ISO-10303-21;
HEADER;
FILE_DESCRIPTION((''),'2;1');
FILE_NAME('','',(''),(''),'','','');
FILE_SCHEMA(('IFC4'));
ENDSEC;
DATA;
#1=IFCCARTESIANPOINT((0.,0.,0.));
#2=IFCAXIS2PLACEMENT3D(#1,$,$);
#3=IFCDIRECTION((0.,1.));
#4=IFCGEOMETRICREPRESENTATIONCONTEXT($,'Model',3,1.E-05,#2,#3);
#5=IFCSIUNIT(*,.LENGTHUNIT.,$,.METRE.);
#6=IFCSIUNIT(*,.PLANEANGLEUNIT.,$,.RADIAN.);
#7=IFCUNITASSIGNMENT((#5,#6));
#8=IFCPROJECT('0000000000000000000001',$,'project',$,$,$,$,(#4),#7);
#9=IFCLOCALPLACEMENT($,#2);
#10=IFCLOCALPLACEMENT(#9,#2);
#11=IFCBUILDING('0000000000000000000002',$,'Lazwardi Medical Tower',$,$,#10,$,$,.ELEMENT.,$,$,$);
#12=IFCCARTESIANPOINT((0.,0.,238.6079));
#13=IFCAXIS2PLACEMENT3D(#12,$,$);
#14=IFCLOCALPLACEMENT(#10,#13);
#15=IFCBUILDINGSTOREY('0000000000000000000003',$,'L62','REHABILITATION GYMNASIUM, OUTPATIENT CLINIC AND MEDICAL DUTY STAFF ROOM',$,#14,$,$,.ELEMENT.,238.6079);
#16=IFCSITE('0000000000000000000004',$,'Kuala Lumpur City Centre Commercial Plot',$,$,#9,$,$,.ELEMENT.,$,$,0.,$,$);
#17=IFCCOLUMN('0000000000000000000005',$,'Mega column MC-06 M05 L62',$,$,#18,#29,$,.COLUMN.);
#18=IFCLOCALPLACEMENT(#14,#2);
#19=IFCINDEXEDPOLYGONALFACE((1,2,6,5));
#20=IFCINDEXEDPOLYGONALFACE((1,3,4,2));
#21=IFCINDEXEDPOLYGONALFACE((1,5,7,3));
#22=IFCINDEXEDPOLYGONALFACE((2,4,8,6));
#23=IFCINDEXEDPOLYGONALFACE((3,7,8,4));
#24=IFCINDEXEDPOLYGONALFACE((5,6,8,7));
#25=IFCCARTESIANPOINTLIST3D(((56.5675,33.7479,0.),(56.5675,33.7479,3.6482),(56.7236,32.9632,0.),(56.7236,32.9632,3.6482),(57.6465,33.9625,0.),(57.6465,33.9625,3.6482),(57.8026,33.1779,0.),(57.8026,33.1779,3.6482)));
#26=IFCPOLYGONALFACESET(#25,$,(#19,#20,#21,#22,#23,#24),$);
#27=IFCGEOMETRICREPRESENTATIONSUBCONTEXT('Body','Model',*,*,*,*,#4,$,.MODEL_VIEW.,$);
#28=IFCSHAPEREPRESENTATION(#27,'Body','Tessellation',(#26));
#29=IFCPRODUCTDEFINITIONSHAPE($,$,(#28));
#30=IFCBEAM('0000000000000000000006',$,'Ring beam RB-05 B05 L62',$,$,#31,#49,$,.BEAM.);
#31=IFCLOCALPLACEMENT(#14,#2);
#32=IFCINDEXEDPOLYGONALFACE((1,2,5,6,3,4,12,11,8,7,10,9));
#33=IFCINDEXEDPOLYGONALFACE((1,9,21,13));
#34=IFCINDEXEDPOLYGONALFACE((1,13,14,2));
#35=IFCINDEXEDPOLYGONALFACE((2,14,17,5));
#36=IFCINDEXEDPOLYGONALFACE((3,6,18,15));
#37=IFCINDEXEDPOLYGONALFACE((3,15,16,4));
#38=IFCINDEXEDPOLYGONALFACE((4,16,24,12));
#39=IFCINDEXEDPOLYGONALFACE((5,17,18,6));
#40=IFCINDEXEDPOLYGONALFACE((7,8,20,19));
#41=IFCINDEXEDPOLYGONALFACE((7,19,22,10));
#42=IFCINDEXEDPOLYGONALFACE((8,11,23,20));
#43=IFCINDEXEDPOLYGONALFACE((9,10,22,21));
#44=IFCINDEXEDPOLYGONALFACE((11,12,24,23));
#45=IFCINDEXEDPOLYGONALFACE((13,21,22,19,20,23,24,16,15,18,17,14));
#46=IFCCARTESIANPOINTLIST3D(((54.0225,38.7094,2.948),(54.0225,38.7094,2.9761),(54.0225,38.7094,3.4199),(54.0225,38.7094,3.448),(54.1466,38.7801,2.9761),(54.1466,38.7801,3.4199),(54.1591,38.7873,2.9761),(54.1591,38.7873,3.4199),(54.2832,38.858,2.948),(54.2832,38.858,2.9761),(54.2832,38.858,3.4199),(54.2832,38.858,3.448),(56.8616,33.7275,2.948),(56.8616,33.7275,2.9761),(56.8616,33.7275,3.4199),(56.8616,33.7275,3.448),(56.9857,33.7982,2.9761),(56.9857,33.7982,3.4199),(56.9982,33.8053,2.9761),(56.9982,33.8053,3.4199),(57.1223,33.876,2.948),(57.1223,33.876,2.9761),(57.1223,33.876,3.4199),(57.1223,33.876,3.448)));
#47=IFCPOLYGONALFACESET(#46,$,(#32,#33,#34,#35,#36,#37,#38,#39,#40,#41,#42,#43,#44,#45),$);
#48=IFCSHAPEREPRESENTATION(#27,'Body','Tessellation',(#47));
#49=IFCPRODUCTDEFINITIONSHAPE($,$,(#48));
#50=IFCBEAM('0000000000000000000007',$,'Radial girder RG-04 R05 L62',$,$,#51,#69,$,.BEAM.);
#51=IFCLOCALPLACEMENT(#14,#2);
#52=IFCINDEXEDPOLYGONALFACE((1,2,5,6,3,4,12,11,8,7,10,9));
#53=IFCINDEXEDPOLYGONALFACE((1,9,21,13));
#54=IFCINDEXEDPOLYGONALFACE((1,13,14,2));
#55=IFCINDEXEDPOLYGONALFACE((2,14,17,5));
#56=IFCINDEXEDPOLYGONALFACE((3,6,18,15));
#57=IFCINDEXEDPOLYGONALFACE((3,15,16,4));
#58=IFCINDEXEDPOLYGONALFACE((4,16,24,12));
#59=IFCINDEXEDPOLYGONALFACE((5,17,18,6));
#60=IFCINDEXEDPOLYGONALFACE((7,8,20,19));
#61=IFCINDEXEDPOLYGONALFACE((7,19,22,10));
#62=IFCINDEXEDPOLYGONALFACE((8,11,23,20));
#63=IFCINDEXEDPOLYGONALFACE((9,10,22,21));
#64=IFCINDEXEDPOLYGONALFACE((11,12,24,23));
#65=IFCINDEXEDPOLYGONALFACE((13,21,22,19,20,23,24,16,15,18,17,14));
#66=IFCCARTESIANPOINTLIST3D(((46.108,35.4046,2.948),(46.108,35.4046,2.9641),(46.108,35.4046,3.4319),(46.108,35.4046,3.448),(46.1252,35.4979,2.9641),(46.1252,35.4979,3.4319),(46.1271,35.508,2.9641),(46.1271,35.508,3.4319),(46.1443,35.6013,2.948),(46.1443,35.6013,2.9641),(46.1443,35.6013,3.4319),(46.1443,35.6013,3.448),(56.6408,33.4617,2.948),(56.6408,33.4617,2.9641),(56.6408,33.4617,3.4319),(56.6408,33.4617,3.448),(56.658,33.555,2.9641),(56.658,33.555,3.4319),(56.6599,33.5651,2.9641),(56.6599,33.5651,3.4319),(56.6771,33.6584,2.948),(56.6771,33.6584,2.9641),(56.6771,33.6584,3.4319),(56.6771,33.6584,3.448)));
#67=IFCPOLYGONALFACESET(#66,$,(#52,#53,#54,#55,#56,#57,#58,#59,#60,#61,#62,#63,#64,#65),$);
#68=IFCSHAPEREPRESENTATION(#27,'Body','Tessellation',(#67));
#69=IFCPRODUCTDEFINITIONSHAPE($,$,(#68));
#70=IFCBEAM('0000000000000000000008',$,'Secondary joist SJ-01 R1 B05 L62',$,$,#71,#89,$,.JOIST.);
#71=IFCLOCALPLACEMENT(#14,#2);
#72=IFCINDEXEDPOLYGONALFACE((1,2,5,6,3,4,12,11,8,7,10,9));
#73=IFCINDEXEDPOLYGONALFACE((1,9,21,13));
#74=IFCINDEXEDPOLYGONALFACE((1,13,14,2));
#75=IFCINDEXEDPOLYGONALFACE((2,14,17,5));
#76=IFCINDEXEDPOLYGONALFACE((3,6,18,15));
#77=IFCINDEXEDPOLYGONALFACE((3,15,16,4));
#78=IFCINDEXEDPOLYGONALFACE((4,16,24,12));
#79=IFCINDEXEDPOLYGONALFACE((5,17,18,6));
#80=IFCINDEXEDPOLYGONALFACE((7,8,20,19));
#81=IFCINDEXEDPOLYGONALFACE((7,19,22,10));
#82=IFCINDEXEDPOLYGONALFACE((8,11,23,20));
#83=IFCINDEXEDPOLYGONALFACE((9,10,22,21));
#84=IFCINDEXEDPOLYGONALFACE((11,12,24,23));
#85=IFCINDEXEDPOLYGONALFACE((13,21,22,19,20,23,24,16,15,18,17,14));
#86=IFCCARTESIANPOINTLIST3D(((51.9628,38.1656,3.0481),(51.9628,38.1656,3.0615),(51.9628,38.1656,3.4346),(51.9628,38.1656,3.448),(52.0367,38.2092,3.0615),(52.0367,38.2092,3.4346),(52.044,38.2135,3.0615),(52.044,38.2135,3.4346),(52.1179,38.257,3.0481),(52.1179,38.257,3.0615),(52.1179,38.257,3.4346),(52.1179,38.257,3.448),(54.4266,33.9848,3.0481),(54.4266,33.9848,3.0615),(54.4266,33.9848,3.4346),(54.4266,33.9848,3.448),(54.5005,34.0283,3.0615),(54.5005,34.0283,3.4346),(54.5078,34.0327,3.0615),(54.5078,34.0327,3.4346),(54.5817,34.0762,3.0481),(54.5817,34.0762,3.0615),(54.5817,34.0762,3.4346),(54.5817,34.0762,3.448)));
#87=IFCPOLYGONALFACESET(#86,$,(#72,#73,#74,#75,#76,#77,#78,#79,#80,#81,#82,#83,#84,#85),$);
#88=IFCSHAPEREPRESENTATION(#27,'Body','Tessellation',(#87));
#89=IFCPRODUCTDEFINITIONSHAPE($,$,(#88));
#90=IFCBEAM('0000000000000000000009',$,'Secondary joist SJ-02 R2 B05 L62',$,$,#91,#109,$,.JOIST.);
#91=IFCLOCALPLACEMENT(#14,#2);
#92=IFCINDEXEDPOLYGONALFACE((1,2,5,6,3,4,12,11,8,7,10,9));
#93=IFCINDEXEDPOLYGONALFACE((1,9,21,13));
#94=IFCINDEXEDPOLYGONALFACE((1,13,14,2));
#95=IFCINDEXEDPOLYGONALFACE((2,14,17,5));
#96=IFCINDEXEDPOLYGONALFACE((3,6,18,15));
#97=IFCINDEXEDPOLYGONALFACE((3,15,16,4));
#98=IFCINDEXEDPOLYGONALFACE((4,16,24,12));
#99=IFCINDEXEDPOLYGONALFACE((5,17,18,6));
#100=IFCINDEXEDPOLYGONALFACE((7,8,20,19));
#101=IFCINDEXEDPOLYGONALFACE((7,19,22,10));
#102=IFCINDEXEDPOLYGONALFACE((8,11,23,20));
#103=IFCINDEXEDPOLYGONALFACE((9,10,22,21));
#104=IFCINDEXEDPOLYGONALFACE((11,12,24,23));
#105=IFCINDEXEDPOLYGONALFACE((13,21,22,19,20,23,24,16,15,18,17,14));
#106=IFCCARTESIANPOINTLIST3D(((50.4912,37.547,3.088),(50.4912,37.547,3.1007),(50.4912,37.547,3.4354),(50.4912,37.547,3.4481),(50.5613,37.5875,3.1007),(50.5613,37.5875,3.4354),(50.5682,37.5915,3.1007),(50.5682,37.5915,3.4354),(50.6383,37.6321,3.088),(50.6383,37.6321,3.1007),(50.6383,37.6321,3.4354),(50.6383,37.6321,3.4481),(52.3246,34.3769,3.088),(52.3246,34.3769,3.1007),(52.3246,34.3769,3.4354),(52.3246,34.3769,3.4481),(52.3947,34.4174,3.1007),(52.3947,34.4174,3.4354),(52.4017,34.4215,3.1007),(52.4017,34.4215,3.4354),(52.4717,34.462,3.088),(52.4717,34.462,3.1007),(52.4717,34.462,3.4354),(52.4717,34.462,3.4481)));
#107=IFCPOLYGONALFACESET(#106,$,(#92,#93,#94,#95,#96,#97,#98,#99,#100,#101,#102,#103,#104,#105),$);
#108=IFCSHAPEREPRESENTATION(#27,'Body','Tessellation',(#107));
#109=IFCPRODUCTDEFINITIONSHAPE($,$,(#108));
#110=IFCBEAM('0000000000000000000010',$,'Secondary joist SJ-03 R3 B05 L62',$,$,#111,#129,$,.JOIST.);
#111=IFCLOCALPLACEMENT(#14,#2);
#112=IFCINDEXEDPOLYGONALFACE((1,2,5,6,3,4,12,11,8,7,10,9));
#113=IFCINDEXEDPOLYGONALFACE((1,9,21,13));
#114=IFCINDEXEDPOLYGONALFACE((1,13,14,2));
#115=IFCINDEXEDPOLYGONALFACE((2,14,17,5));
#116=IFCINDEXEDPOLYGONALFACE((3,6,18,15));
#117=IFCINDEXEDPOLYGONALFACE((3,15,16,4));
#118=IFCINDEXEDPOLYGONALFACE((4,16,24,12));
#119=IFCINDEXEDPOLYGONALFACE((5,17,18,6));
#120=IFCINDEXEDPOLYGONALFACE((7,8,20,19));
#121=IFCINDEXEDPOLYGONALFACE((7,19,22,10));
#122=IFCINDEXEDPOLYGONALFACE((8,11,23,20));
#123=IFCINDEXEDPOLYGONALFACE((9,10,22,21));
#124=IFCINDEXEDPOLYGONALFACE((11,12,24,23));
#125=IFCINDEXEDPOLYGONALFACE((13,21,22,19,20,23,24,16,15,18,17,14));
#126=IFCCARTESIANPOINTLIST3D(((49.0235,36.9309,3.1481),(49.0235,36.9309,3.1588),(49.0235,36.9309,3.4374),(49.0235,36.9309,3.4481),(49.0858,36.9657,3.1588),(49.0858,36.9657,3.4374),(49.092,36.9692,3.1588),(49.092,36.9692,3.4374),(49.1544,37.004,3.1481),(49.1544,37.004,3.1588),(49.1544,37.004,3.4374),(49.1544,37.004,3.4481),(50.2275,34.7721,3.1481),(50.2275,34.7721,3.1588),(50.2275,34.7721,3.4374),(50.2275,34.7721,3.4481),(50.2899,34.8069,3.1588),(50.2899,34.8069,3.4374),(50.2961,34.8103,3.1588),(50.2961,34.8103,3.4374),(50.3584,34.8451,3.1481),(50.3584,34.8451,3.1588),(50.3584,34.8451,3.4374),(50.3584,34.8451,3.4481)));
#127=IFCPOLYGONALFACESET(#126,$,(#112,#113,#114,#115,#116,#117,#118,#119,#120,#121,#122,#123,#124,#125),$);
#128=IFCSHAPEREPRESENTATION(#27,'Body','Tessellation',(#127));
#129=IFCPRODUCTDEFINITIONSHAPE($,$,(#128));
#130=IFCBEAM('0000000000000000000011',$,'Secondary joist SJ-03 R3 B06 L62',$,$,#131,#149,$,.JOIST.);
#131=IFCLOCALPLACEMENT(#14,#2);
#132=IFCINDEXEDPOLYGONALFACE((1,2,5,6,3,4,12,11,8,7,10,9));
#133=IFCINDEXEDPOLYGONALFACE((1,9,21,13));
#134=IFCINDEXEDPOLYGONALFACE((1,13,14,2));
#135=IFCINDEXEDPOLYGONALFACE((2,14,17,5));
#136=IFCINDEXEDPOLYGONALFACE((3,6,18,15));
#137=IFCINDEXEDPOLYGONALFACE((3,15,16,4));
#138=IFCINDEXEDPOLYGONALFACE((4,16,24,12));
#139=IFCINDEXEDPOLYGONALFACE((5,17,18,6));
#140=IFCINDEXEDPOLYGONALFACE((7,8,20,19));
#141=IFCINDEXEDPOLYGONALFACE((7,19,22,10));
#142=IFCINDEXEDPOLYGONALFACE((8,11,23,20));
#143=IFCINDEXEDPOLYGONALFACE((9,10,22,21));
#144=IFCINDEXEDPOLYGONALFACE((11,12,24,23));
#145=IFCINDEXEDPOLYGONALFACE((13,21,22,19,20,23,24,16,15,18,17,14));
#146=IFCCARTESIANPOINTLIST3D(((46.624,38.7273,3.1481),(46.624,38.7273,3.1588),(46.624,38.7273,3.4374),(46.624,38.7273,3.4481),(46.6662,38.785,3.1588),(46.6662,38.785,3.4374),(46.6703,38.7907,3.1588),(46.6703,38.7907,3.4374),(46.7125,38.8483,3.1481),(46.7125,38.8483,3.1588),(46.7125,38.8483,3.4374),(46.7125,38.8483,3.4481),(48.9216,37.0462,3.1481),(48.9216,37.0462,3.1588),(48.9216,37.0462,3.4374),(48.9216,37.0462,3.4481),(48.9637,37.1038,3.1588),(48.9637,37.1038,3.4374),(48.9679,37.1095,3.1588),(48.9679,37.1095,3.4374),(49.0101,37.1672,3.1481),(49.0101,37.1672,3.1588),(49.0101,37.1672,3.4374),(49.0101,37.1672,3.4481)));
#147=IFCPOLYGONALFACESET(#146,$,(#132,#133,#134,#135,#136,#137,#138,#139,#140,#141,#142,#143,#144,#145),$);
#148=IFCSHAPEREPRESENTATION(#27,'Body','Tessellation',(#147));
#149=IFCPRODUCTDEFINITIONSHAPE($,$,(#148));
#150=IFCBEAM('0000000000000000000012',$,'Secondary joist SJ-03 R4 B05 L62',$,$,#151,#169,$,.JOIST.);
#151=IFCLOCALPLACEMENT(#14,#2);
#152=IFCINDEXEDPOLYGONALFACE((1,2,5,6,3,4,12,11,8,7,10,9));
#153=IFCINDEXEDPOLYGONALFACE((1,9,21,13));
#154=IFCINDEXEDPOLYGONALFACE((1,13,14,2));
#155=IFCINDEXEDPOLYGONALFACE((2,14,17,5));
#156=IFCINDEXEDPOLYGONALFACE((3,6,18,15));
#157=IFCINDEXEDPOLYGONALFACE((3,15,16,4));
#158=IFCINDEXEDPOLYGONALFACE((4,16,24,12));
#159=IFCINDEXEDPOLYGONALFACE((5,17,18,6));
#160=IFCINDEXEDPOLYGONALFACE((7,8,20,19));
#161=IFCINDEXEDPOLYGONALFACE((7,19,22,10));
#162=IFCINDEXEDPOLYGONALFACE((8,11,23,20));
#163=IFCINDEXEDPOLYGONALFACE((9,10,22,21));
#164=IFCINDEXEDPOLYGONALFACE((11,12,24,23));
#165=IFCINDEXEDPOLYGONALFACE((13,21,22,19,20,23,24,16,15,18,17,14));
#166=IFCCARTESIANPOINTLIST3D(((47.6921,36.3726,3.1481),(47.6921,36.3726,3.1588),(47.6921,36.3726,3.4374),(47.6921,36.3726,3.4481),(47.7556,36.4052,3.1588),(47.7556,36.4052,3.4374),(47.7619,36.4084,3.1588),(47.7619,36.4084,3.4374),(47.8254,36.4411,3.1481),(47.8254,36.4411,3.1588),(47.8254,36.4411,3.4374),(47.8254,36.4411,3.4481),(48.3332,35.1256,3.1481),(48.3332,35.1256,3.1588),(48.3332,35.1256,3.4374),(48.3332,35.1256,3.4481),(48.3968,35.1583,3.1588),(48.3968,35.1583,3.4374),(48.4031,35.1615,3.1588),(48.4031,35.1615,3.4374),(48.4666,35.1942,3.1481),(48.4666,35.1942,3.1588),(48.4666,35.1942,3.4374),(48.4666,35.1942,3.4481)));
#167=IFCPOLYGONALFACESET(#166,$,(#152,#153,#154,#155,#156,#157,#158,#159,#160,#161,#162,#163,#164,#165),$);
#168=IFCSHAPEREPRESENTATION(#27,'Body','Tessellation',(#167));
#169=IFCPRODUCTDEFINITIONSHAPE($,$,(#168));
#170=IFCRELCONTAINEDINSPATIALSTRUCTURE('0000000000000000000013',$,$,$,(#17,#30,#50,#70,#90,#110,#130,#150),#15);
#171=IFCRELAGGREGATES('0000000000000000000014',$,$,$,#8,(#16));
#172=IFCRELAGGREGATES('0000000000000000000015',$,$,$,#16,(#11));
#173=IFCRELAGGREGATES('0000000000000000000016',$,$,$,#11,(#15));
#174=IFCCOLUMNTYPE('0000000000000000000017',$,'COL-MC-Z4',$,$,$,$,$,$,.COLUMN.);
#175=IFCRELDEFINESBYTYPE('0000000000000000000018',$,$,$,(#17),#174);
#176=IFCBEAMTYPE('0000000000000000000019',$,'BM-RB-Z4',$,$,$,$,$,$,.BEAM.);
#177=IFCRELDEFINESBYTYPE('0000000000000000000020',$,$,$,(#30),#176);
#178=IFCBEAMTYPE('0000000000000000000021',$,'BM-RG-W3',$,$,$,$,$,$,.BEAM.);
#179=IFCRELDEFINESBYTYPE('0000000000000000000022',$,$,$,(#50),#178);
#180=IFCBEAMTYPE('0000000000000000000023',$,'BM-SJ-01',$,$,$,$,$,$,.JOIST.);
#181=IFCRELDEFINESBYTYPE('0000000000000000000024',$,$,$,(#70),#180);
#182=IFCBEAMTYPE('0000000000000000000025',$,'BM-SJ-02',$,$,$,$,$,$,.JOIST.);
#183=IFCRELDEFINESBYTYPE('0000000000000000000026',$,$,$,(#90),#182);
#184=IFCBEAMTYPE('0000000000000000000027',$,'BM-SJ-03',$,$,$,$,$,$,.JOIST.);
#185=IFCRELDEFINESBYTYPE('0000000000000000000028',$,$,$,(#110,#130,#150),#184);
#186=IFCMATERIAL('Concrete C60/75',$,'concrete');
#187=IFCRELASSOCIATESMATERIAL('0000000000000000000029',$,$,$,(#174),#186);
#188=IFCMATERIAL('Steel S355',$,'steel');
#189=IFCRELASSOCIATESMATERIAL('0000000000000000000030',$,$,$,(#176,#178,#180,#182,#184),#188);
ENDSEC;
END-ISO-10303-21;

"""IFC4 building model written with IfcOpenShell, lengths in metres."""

from ifc_helpers import new_model, si_unit, direction, frame, origin, origin_2d, place, context, subcontext, project, spatial, rectangle, i_section, extrude, material, material_profile, profile_set, type_object, element, save


model = new_model("IFC4")

# Units and contexts
model_context = context("Model", 3, precision=1e-05, world=origin(), true_north=direction((0.0, 1.0)))
body_context = subcontext(model_context, "Body", "Model", "MODEL_VIEW")
ifc_project = project(units=[si_unit("LENGTHUNIT", "METRE"), si_unit("PLANEANGLEUNIT", "RADIAN")], contexts=[model_context])

# Site, building, storey
site_placement = place(None, origin())
site = spatial("IfcSite", under=ifc_project, at=site_placement, Name="Kuala Lumpur City Centre Commercial Plot", CompositionType="ELEMENT", RefElevation=0.0)
building_placement = place(site_placement, origin())
building = spatial("IfcBuilding", under=site, at=building_placement, Name="Lazwardi Medical Tower", CompositionType="ELEMENT")
storey_placement = place(building_placement, frame((0.0, 0.0, 238.6079)))
storey = spatial("IfcBuildingStorey", under=building, at=storey_placement, Name="L62", Description="REHABILITATION GYMNASIUM, OUTPATIENT CLINIC AND MEDICAL DUTY STAFF ROOM", CompositionType="ELEMENT", Elevation=238.6079)

# Column
ifc_material_1 = material(Name="Concrete C60/75", Category="concrete")
ifc_material_profile_1 = material_profile(ifc_material_1, rectangle(XDim=1.1001, YDim=0.8, at=origin_2d()), Name="CFT-RECT 1100x800")
ifc_profile_set_1 = profile_set([ifc_material_profile_1], Name="Concrete C60/75")
column_type = type_object("IfcColumnType", Name="COL-MC-Z4", PredefinedType="COLUMN", material=ifc_profile_set_1)
column_placement = place(storey_placement, frame((57.1851, 33.4629, 0.0), z_axis=(0.0, 0.0, 1.0), x_axis=(0.980785, 0.19509, 0.0)))
element("IfcColumn", 1, at=column_placement, inside=storey, type_object=column_type, Name="Mega column MC-06 M05 L62", PredefinedType="COLUMN", context=body_context, shape_type="SweptSolid", body=[
    extrude(rectangle(XDim=1.1001, YDim=0.8, at=origin_2d()), origin(), (0.0, 0.0, 1.0), 3.6482),
])

# Beams
ifc_material_2 = material(Name="Steel S355", Category="steel")
ifc_material_profile_2 = material_profile(ifc_material_2, i_section(OverallWidth=0.3, OverallDepth=0.5, WebThickness=0.0144, FlangeThickness=0.0281, at=origin_2d()), Name="HEB 500")
ifc_profile_set_2 = profile_set([ifc_material_profile_2], Name="Steel S355")
beam_type_1 = type_object("IfcBeamType", Name="BM-RB-Z4", PredefinedType="BEAM", material=ifc_profile_set_2)
beam_1_placement = place(storey_placement, frame((56.9919, 33.8018, 3.198), z_axis=(-0.495125, 0.868822, 0.0), x_axis=(-0.868822, -0.495125, 0.0)))
element("IfcBeam", 2, at=beam_1_placement, inside=storey, type_object=beam_type_1, Name="Ring beam RB-05 B05 L62", PredefinedType="BEAM", context=body_context, shape_type="SweptSolid", body=[
    extrude(i_section(OverallWidth=0.3, OverallDepth=0.5, WebThickness=0.0144, FlangeThickness=0.0281, at=origin_2d()), origin(), (0.0, 0.0, 1.0), 5.7341),
])
ifc_material_profile_3 = material_profile(ifc_material_2, i_section(OverallWidth=0.2, OverallDepth=0.5, WebThickness=0.0103, FlangeThickness=0.0161, at=origin_2d()), Name="IPE 500")
ifc_profile_set_3 = profile_set([ifc_material_profile_3], Name="Steel S355")
beam_type_2 = type_object("IfcBeamType", Name="BM-RG-W3", PredefinedType="BEAM", material=ifc_profile_set_3)
beam_2_placement = place(storey_placement, frame((56.6589, 33.5601, 3.198), z_axis=(-0.983409, 0.1814, 0.0), x_axis=(-0.1814, -0.983409, 0.0)))
element("IfcBeam", 3, at=beam_2_placement, inside=storey, type_object=beam_type_2, Name="Radial girder RG-04 R05 L62", PredefinedType="BEAM", context=body_context, shape_type="SweptSolid", body=[
    extrude(i_section(OverallWidth=0.2, OverallDepth=0.5, WebThickness=0.0103, FlangeThickness=0.0161, at=origin_2d()), origin(), (0.0, 0.0, 1.0), 10.7104),
])
ifc_material_profile_4 = material_profile(ifc_material_2, i_section(OverallWidth=0.1799, OverallDepth=0.3999, WebThickness=0.0085, FlangeThickness=0.0134, at=origin_2d()), Name="IPE 400")
ifc_profile_set_4 = profile_set([ifc_material_profile_4], Name="Steel S355")
beam_type_3 = type_object("IfcBeamType", Name="BM-SJ-01", PredefinedType="JOIST", material=ifc_profile_set_4)
beam_3_placement = place(storey_placement, frame((54.5042, 34.0305, 3.248), z_axis=(-0.50771, 0.861528, 0.0), x_axis=(-0.861528, -0.50771, 0.0)))
element("IfcBeam", 4, at=beam_3_placement, inside=storey, type_object=beam_type_3, Name="Secondary joist SJ-01 R1 B05 L62", PredefinedType="JOIST", context=body_context, shape_type="SweptSolid", body=[
    extrude(i_section(OverallWidth=0.1799, OverallDepth=0.3999, WebThickness=0.0085, FlangeThickness=0.0134, at=origin_2d()), origin(), (0.0, 0.0, 1.0), 4.8528),
])
ifc_material_profile_5 = material_profile(ifc_material_2, i_section(OverallWidth=0.1699, OverallDepth=0.3601, WebThickness=0.0081, FlangeThickness=0.0127, at=origin_2d()), Name="IPE 360")
ifc_profile_set_5 = profile_set([ifc_material_profile_5], Name="Steel S355")
beam_type_4 = type_object("IfcBeamType", Name="BM-SJ-02", PredefinedType="JOIST", material=ifc_profile_set_5)
beam_4_placement = place(storey_placement, frame((52.3982, 34.4194, 3.2681), z_axis=(-0.500655, 0.865647, 0.0), x_axis=(-0.865647, -0.500655, 0.0)))
element("IfcBeam", 5, at=beam_4_placement, inside=storey, type_object=beam_type_4, Name="Secondary joist SJ-02 R2 B05 L62", PredefinedType="JOIST", context=body_context, shape_type="SweptSolid", body=[
    extrude(i_section(OverallWidth=0.1699, OverallDepth=0.3601, WebThickness=0.0081, FlangeThickness=0.0127, at=origin_2d()), origin(), (0.0, 0.0, 1.0), 3.6621),
])
ifc_material_profile_6 = material_profile(ifc_material_2, i_section(OverallWidth=0.1499, OverallDepth=0.3, WebThickness=0.0071, FlangeThickness=0.0107, at=origin_2d()), Name="IPE 300")
ifc_profile_set_6 = profile_set([ifc_material_profile_6], Name="Steel S355")
beam_type_5 = type_object("IfcBeamType", Name="BM-SJ-03", PredefinedType="JOIST", material=ifc_profile_set_6)
beam_5_placement = place(storey_placement, frame((50.293, 34.8086, 3.2981), z_axis=(-0.487093, 0.87335, 0.0), x_axis=(-0.87335, -0.487093, 0.0)))
element("IfcBeam", 6, at=beam_5_placement, inside=storey, type_object=beam_type_5, Name="Secondary joist SJ-03 R3 B05 L62", PredefinedType="JOIST", context=body_context, shape_type="SweptSolid", body=[
    extrude(i_section(OverallWidth=0.1499, OverallDepth=0.3, WebThickness=0.0071, FlangeThickness=0.0107, at=origin_2d()), origin(), (0.0, 0.0, 1.0), 2.4719),
])
beam_6_placement = place(storey_placement, frame((48.9658, 37.1067, 3.2981), z_axis=(-0.807034, 0.590505, 0.0), x_axis=(-0.590505, -0.807034, 0.0)))
element("IfcBeam", 7, at=beam_6_placement, inside=storey, type_object=beam_type_5, Name="Secondary joist SJ-03 R3 B06 L62", PredefinedType="JOIST", context=body_context, shape_type="SweptSolid", body=[
    extrude(i_section(OverallWidth=0.1499, OverallDepth=0.3, WebThickness=0.0071, FlangeThickness=0.0107, at=origin_2d()), origin(), (0.0, 0.0, 1.0), 2.8469),
])
beam_7_placement = place(storey_placement, frame((48.3999, 35.1599, 3.2981), z_axis=(-0.457285, 0.88932, 0.0), x_axis=(-0.88932, -0.457285, 0.0)))
element("IfcBeam", 8, at=beam_7_placement, inside=storey, type_object=beam_type_5, Name="Secondary joist SJ-03 R4 B05 L62", PredefinedType="JOIST", context=body_context, shape_type="SweptSolid", body=[
    extrude(i_section(OverallWidth=0.1499, OverallDepth=0.3, WebThickness=0.0071, FlangeThickness=0.0107, at=origin_2d()), origin(), (0.0, 0.0, 1.0), 1.4021),
])

save(model, "model.ifc")
